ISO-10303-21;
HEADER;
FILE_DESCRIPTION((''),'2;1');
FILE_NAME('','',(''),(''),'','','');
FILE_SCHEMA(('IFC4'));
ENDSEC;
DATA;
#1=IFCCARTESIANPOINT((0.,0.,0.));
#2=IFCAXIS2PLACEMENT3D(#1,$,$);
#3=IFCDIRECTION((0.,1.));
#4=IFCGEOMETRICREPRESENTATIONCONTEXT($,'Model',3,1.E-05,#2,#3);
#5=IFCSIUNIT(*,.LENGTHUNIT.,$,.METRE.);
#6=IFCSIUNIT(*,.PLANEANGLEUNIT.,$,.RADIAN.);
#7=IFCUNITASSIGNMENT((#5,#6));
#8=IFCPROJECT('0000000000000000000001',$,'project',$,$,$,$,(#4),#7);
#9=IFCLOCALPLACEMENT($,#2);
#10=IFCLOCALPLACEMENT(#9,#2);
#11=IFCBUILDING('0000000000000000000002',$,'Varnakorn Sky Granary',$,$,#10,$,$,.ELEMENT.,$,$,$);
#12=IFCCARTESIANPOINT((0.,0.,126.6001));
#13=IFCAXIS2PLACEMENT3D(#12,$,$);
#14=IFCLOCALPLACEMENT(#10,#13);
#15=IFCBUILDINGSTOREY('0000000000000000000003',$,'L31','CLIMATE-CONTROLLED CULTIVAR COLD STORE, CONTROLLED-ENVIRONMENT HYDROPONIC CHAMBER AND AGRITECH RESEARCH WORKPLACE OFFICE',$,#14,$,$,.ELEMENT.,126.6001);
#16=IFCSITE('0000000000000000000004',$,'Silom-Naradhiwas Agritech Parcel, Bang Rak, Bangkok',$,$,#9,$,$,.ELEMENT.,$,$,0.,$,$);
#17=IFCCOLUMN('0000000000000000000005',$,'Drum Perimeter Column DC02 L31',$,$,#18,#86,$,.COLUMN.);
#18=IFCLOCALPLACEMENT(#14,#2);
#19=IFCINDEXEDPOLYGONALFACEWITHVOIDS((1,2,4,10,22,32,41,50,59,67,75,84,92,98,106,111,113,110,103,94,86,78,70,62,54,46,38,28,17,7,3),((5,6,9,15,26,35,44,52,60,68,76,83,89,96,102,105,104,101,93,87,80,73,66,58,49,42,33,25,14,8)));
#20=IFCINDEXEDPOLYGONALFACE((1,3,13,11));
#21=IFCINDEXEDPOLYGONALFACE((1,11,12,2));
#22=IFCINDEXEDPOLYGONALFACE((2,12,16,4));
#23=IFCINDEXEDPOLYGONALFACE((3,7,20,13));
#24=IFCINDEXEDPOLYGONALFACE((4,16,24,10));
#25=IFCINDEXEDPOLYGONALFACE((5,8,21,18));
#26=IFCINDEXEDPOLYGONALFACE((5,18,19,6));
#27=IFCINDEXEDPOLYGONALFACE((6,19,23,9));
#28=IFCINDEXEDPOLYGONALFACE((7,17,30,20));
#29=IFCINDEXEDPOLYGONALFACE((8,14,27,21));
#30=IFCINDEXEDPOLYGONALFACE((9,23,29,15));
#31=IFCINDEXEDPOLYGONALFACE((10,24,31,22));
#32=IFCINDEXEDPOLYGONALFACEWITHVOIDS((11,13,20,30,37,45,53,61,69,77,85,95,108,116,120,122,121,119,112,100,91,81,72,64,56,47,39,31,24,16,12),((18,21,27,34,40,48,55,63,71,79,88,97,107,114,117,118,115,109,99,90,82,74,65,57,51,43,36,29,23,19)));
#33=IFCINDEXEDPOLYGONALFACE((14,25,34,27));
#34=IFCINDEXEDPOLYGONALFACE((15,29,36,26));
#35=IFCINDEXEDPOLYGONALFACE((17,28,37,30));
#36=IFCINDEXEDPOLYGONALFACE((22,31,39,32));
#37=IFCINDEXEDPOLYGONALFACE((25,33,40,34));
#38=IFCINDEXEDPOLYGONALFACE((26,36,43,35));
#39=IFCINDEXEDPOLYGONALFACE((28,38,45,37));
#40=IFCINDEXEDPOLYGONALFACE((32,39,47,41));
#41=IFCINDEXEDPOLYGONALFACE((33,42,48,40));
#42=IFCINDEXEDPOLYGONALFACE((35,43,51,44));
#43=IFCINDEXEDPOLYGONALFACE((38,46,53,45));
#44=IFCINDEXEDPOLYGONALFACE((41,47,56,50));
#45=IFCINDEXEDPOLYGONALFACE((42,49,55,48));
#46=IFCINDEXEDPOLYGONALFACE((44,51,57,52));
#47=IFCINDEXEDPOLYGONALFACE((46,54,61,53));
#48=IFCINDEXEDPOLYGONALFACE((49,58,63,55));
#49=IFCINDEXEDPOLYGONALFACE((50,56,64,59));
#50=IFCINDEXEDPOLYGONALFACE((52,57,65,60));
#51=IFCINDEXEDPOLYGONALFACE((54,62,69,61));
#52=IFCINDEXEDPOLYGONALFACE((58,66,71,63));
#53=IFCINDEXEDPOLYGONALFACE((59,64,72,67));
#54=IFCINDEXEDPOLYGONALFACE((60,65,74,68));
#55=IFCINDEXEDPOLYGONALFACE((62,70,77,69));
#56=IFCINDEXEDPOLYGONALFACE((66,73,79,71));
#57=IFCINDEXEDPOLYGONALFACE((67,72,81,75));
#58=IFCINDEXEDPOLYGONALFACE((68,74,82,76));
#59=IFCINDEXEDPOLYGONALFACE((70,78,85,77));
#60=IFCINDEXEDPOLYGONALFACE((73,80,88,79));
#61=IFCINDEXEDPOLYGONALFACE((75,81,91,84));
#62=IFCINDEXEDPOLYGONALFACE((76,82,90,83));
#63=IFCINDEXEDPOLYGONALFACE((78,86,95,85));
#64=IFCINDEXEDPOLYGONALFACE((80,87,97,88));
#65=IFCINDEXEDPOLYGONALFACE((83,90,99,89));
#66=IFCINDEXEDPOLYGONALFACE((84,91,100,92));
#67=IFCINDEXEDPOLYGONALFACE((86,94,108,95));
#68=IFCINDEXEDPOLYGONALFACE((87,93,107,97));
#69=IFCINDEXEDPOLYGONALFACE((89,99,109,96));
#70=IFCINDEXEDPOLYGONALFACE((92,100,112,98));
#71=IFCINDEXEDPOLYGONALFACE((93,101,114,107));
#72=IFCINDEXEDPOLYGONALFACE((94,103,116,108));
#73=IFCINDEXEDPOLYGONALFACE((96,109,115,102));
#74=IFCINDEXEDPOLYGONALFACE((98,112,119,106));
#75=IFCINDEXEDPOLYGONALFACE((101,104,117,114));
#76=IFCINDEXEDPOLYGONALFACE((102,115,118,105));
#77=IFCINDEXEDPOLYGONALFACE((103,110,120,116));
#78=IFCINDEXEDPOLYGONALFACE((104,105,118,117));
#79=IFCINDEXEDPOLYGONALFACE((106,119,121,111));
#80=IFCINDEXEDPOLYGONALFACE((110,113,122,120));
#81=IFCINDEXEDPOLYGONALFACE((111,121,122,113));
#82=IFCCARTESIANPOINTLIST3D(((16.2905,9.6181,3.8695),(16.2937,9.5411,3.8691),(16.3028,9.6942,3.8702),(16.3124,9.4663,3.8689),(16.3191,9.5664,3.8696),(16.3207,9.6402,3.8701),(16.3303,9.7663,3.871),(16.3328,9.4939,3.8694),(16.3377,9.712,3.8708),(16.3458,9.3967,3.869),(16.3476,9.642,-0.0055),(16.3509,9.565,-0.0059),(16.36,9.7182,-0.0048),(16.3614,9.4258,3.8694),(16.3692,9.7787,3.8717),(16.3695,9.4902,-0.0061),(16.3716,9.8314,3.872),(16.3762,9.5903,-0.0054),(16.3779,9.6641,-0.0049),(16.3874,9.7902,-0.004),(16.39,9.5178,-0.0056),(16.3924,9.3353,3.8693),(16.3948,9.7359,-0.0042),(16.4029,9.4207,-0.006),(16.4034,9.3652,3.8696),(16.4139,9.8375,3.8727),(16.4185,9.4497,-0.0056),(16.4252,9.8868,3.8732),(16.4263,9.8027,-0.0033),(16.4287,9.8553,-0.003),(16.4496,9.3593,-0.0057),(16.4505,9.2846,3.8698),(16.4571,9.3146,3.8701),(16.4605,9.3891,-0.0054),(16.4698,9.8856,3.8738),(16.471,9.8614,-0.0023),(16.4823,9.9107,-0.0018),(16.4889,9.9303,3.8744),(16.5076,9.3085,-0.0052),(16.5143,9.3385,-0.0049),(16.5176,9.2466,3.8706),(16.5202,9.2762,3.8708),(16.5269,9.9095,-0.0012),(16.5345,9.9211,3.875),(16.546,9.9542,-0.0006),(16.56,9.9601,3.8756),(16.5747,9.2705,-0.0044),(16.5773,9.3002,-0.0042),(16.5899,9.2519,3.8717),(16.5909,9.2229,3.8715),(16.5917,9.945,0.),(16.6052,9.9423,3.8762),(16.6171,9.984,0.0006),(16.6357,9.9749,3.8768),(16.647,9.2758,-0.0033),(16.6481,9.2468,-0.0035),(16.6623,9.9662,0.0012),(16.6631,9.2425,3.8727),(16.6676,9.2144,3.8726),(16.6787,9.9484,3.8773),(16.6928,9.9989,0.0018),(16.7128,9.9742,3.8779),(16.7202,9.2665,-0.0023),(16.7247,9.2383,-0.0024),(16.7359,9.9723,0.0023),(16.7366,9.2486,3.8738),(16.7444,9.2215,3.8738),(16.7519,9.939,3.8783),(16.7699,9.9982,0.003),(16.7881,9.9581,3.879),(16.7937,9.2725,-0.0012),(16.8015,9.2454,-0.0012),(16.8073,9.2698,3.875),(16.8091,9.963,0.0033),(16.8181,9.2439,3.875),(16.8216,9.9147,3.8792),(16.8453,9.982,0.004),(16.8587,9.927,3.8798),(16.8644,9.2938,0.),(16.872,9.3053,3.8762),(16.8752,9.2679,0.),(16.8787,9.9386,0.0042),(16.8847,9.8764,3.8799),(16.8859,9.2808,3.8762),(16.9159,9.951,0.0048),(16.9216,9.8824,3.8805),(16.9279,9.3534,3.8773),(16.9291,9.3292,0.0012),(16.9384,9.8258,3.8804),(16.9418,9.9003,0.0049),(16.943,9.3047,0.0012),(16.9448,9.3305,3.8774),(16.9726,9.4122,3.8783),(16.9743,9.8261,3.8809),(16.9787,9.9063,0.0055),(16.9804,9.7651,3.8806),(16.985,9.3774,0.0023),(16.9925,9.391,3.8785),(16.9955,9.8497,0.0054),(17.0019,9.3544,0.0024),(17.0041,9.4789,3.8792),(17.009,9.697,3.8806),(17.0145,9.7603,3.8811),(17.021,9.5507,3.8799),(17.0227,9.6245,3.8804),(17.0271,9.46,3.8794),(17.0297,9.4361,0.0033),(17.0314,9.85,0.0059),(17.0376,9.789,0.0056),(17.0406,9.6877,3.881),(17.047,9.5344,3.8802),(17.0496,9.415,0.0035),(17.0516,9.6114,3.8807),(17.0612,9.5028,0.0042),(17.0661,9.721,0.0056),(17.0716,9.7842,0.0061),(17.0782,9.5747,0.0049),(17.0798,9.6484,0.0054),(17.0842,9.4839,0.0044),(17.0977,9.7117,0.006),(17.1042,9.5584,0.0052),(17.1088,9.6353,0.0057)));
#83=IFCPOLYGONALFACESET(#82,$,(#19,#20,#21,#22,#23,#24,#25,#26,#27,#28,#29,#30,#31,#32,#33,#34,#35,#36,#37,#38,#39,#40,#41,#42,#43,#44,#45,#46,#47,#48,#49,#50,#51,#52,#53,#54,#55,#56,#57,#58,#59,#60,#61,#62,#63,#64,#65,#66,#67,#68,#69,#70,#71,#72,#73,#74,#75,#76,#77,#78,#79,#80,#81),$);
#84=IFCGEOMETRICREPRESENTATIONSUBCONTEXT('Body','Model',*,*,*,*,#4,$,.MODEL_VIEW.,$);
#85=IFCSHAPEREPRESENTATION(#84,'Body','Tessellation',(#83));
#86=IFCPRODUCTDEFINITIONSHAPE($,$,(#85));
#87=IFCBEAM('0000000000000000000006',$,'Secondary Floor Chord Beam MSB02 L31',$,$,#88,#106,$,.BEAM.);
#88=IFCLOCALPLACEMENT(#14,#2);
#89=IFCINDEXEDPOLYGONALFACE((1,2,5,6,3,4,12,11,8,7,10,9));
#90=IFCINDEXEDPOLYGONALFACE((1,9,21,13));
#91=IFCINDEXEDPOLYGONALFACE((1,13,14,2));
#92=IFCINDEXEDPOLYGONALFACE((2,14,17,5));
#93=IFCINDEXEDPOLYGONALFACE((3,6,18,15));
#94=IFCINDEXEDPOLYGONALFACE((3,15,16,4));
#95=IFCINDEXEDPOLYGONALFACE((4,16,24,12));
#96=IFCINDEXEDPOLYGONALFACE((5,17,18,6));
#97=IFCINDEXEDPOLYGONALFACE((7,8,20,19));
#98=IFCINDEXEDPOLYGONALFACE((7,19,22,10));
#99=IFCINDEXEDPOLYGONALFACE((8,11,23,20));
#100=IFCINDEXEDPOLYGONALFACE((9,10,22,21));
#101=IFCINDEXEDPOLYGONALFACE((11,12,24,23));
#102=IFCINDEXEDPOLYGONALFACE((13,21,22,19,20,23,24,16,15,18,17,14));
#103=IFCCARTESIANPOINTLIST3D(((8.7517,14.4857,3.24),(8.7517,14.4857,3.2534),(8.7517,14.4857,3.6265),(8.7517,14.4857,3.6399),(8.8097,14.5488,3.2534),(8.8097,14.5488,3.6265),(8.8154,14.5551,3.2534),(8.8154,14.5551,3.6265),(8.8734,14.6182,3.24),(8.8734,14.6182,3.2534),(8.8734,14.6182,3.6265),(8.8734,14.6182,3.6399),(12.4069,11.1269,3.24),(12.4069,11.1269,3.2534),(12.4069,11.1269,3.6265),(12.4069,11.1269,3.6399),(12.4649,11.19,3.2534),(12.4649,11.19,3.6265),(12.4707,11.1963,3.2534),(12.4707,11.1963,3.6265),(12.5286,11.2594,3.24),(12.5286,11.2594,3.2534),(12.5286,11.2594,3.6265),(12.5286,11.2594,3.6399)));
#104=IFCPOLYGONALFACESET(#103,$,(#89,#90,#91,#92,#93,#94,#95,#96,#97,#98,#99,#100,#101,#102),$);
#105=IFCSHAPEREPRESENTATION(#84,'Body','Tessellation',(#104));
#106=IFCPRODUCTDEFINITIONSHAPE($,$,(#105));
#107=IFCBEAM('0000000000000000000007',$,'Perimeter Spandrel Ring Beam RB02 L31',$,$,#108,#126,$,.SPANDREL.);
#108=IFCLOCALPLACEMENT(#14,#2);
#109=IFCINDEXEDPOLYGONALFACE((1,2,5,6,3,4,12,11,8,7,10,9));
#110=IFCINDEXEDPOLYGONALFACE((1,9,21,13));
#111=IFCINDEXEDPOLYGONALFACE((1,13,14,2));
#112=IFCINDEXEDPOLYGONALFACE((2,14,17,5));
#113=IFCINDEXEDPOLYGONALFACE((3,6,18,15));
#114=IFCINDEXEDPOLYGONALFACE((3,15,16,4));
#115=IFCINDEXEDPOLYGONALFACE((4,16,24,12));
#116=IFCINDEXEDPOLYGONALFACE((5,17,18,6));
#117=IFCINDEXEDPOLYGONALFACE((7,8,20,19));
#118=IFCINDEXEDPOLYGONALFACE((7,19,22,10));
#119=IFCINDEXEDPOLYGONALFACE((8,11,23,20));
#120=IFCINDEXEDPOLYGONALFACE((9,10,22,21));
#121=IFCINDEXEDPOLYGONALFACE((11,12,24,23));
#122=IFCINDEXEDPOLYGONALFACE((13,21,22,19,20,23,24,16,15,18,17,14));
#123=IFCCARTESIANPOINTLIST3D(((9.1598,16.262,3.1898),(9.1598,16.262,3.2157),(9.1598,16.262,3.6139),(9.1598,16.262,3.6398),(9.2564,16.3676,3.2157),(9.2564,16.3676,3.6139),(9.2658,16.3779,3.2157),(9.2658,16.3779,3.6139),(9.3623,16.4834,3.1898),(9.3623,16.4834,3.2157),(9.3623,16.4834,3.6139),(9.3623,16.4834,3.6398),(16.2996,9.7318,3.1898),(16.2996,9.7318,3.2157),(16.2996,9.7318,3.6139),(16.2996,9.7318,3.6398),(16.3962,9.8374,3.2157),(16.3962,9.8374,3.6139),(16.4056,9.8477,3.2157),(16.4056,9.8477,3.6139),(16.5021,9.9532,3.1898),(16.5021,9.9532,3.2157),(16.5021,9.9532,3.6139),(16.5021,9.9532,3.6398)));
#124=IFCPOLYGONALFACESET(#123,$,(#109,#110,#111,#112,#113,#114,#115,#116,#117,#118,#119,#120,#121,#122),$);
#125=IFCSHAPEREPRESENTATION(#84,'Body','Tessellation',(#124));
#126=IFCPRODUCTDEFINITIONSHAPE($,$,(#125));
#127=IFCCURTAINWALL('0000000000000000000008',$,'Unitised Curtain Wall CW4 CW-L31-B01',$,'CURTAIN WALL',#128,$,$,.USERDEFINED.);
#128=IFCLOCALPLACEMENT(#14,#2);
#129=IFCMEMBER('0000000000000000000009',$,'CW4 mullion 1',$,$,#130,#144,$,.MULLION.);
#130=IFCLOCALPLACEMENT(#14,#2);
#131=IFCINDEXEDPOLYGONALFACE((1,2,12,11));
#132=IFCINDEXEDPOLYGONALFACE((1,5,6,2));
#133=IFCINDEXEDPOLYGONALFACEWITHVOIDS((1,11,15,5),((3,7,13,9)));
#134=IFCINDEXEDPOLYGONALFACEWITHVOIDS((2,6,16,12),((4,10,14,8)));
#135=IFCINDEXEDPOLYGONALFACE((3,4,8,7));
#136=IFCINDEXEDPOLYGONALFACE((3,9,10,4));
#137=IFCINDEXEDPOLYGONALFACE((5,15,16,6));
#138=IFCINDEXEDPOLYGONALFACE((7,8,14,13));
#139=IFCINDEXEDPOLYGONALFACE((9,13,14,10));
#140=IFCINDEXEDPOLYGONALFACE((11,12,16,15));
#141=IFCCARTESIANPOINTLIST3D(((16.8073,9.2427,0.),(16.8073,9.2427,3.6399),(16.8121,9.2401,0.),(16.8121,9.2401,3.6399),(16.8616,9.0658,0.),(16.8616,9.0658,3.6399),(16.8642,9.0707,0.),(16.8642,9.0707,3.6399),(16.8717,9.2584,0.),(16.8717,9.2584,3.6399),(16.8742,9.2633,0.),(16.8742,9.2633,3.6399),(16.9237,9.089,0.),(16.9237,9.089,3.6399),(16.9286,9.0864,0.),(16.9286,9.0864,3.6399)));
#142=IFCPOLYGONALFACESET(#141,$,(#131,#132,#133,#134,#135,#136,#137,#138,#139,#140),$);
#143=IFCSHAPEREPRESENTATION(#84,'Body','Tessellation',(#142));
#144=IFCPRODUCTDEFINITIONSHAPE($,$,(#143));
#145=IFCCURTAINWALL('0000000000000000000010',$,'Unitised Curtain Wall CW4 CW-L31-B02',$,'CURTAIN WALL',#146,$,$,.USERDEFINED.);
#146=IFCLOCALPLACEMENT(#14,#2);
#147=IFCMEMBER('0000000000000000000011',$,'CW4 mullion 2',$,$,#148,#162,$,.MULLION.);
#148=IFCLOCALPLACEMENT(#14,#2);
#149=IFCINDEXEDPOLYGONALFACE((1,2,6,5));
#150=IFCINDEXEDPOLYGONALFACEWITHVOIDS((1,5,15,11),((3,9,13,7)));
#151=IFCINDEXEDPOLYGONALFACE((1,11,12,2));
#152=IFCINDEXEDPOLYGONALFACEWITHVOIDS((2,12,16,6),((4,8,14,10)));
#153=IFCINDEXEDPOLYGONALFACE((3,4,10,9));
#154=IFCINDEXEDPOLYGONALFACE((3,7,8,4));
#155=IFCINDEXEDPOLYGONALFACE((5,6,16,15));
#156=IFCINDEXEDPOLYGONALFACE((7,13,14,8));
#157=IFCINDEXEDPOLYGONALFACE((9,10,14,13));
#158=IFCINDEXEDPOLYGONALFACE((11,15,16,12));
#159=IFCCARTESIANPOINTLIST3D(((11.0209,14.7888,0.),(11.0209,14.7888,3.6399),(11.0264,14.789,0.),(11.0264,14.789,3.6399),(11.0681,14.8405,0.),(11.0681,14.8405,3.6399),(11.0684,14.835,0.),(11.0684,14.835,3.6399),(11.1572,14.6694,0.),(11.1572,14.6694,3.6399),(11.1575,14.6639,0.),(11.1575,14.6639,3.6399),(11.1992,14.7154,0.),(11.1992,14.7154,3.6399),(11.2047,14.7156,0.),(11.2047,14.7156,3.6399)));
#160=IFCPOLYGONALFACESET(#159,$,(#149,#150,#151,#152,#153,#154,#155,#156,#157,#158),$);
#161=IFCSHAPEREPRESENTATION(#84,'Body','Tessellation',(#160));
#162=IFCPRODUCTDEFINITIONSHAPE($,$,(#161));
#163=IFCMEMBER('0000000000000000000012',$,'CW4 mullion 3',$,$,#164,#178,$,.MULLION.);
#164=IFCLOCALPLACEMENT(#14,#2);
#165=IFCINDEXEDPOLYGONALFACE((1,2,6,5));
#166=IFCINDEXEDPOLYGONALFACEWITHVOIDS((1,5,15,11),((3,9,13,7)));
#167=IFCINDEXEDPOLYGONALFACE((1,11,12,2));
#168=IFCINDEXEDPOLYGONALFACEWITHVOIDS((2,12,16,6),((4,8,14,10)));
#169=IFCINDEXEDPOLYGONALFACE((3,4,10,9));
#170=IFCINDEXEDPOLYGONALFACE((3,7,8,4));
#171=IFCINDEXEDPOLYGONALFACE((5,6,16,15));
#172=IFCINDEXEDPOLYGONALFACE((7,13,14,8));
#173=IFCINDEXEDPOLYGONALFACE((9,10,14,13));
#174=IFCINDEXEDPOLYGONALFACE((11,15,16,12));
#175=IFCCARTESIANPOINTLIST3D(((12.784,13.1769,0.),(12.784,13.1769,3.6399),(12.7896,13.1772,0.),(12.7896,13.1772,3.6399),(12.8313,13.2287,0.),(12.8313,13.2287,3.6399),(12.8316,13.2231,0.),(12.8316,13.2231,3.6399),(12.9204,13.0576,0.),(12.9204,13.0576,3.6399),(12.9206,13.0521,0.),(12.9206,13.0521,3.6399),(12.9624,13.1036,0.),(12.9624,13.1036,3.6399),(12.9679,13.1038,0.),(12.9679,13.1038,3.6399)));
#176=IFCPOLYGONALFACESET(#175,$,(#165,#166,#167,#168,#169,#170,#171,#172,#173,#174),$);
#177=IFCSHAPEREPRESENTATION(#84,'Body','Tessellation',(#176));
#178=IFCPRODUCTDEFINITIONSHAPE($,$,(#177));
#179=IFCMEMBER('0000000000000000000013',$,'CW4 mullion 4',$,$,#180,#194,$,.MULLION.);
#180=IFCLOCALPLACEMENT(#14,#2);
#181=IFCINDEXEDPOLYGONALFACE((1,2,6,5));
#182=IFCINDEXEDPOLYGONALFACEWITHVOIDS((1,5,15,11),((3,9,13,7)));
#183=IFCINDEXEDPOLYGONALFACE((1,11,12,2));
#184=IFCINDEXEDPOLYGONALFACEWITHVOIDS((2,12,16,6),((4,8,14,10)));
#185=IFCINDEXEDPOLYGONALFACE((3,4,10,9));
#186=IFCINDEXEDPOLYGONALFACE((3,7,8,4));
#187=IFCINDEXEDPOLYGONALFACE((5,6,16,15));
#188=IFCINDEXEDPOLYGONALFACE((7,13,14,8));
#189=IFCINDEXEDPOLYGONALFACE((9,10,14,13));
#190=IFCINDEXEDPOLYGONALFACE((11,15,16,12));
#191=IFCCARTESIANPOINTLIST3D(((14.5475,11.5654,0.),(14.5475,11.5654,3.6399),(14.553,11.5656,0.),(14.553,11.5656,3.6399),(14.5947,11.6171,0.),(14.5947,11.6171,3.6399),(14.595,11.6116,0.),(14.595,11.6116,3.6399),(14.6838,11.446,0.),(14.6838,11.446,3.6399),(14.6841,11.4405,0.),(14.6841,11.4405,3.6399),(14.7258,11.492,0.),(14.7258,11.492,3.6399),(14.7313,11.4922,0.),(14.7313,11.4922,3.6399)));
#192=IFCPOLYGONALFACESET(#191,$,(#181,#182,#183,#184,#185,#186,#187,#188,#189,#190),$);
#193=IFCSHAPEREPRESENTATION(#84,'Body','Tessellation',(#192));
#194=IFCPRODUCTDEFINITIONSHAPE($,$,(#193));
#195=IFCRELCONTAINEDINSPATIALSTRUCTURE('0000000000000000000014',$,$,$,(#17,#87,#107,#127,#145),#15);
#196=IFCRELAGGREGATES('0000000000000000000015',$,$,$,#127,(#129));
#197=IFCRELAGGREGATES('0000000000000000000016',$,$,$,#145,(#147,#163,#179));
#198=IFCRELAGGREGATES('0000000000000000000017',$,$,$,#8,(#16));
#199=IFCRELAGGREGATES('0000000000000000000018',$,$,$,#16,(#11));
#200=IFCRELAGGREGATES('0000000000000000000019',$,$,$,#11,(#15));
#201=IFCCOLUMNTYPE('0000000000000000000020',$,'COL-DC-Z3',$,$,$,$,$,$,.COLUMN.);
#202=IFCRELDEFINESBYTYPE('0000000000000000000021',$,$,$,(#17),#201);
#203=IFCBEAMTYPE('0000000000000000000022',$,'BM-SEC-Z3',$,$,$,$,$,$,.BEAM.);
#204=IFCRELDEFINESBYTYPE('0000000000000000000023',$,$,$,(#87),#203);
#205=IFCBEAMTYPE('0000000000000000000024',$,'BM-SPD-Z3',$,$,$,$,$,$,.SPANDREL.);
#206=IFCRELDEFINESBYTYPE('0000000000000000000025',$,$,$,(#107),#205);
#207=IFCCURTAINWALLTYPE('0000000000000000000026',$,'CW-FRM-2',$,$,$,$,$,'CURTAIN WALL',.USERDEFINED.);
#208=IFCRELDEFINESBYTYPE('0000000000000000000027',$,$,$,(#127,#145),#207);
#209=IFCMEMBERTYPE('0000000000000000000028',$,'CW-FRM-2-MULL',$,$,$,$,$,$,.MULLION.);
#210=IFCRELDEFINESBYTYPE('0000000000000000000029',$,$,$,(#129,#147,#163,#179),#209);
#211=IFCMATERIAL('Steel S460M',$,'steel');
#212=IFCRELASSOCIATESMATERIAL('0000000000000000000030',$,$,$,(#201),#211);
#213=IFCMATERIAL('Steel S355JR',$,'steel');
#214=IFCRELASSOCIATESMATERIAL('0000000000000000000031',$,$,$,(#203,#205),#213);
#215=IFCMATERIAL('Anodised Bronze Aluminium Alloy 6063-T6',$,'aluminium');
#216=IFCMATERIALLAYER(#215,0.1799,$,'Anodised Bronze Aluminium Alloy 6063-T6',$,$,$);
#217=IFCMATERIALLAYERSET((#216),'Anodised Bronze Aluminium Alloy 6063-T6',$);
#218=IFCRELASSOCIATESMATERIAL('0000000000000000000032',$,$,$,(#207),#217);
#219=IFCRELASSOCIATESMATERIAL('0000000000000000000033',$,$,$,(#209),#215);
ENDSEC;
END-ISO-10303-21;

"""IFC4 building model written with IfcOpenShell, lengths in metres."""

from ifc_helpers import new_model, si_unit, direction, frame, origin, origin_2d, place, context, subcontext, project, spatial, hollow_rectangle, hollow_circle, i_section, extrude, material, layer, layer_set, material_profile, profile_set, type_object, element, aggregate, save


model = new_model("IFC4")

# Units and contexts
model_context = context("Model", 3, precision=1e-05, world=origin(), true_north=direction((0.0, 1.0)))
body_context = subcontext(model_context, "Body", "Model", "MODEL_VIEW")
ifc_project = project(units=[si_unit("LENGTHUNIT", "METRE"), si_unit("PLANEANGLEUNIT", "RADIAN")], contexts=[model_context])

# Site, building, storey
site_placement = place(None, origin())
site = spatial("IfcSite", under=ifc_project, at=site_placement, Name="Silom-Naradhiwas Agritech Parcel, Bang Rak, Bangkok", CompositionType="ELEMENT", RefElevation=0.0)
building_placement = place(site_placement, origin())
building = spatial("IfcBuilding", under=site, at=building_placement, Name="Varnakorn Sky Granary", CompositionType="ELEMENT")
storey_placement = place(building_placement, frame((0.0, 0.0, 126.6001)))
storey = spatial("IfcBuildingStorey", under=building, at=storey_placement, Name="L31", Description="CLIMATE-CONTROLLED CULTIVAR COLD STORE, CONTROLLED-ENVIRONMENT HYDROPONIC CHAMBER AND AGRITECH RESEARCH WORKPLACE OFFICE", CompositionType="ELEMENT", Elevation=126.6001)

# Column
ifc_material_1 = material(Name="Steel S460M", Category="steel")
ifc_material_profile_1 = material_profile(ifc_material_1, hollow_circle(Radius=0.3811, WallThickness=0.0281, at=origin_2d()), Name="CHS 762x28")
ifc_profile_set_1 = profile_set([ifc_material_profile_1], Name="Steel S460M")
column_type = type_object("IfcColumnType", Name="COL-DC-Z3", PredefinedType="COLUMN", material=ifc_profile_set_1)
column_placement = place(storey_placement, frame((16.728, 9.6194, 0.0), z_axis=(-0.014741, -0.006174, 0.999872), x_axis=(0.386294, -0.922376, 0.0)))
element("IfcColumn", 1, at=column_placement, inside=storey, type_object=column_type, Name="Drum Perimeter Column DC02 L31", PredefinedType="COLUMN", context=body_context, shape_type="SweptSolid", body=[
    extrude(hollow_circle(Radius=0.3811, WallThickness=0.0281, at=origin_2d()), origin(), (0.0, 0.0, 1.0), 3.8755),
])

# Beams
ifc_material_2 = material(Name="Steel S355JR", Category="steel")
ifc_material_profile_2 = material_profile(ifc_material_2, i_section(OverallWidth=0.1799, OverallDepth=0.3999, WebThickness=0.0085, FlangeThickness=0.0134, at=origin_2d()), Name="IPE 400")
ifc_profile_set_2 = profile_set([ifc_material_profile_2], Name="Steel S355JR")
beam_type_1 = type_object("IfcBeamType", Name="BM-SEC-Z3", PredefinedType="BEAM", material=ifc_profile_set_2)
beam_1_placement = place(storey_placement, frame((12.4678, 11.1931, 3.4399), z_axis=(-0.736329, 0.676624, 0.0), x_axis=(-0.676624, -0.736329, 0.0)))
element("IfcBeam", 2, at=beam_1_placement, inside=storey, type_object=beam_type_1, Name="Secondary Floor Chord Beam MSB02 L31", PredefinedType="BEAM", context=body_context, shape_type="SweptSolid", body=[
    extrude(i_section(OverallWidth=0.1799, OverallDepth=0.3999, WebThickness=0.0085, FlangeThickness=0.0134, at=origin_2d()), origin(), (0.0, 0.0, 1.0), 4.9641),
])
ifc_material_profile_3 = material_profile(ifc_material_2, i_section(OverallWidth=0.3, OverallDepth=0.45, WebThickness=0.0139, FlangeThickness=0.0259, at=origin_2d()), Name="HE 450 B")
ifc_profile_set_3 = profile_set([ifc_material_profile_3], Name="Steel S355JR")
beam_type_2 = type_object("IfcBeamType", Name="BM-SPD-Z3", PredefinedType="SPANDREL", material=ifc_profile_set_3)
beam_2_placement = place(storey_placement, frame((16.4009, 9.8425, 3.4148), z_axis=(-0.737907, 0.674903, 0.0), x_axis=(-0.674903, -0.737907, 0.0)))
element("IfcBeam", 3, at=beam_2_placement, inside=storey, type_object=beam_type_2, Name="Perimeter Spandrel Ring Beam RB02 L31", PredefinedType="SPANDREL", context=body_context, shape_type="SweptSolid", body=[
    extrude(i_section(OverallWidth=0.3, OverallDepth=0.45, WebThickness=0.0139, FlangeThickness=0.0259, at=origin_2d()), origin(), (0.0, 0.0, 1.0), 9.6758),
])

# Curtain wall, member
ifc_material_3 = material(Name="Anodised Bronze Aluminium Alloy 6063-T6", Category="aluminium")
ifc_layer_1 = layer(ifc_material_3, 0.1799, Name="Anodised Bronze Aluminium Alloy 6063-T6")
ifc_layer_set_1 = layer_set([ifc_layer_1], Name="Anodised Bronze Aluminium Alloy 6063-T6")
curtain_wall_type = type_object("IfcCurtainWallType", Name="CW-FRM-2", ElementType="CURTAIN WALL", PredefinedType="USERDEFINED", material=ifc_layer_set_1)
curtain_wall_1_placement = place(storey_placement, origin())
curtain_wall_1 = element("IfcCurtainWall", 4, at=curtain_wall_1_placement, inside=storey, type_object=curtain_wall_type, Name="Unitised Curtain Wall CW4 CW-L31-B01", ObjectType="CURTAIN WALL", PredefinedType="USERDEFINED")
ifc_material_profile_4 = material_profile(ifc_material_3, hollow_rectangle(XDim=0.0701, YDim=0.1851, WallThickness=0.0039, at=origin_2d()), Name="ALU MULL 70x185")
ifc_profile_set_4 = profile_set([ifc_material_profile_4], Name="Anodised Bronze Aluminium Alloy 6063-T6")
member_type_1 = type_object("IfcMemberType", Name="CW-FRM-2-MULL", PredefinedType="MULLION", material=ifc_profile_set_4)
member_1_placement = place(storey_placement, frame((16.8679, 9.1646, 0.0), z_axis=(0.0, 0.0, 1.0), x_axis=(0.955917, 0.293638, 0.0)))
member_1 = element("IfcMember", 5, at=member_1_placement, type_object=member_type_1, Name="CW4 mullion 1", PredefinedType="MULLION", context=body_context, shape_type="SweptSolid", body=[
    extrude(hollow_rectangle(XDim=0.0701, YDim=0.1851, WallThickness=0.0039, at=origin_2d()), origin(), (0.0, 0.0, 1.0), 3.6399),
])
aggregate(curtain_wall_1, [member_1])

# Curtain wall, members
curtain_wall_2_placement = place(storey_placement, origin())
curtain_wall_2 = element("IfcCurtainWall", 6, at=curtain_wall_2_placement, inside=storey, type_object=curtain_wall_type, Name="Unitised Curtain Wall CW4 CW-L31-B02", ObjectType="CURTAIN WALL", PredefinedType="USERDEFINED")
member_2_placement = place(storey_placement, frame((11.1128, 14.7522, 0.0), z_axis=(0.0, 0.0, 1.0), x_axis=(0.674681, 0.73811, 0.0)))
member_2 = element("IfcMember", 7, at=member_2_placement, type_object=member_type_1, Name="CW4 mullion 2", PredefinedType="MULLION", context=body_context, shape_type="SweptSolid", body=[
    extrude(hollow_rectangle(XDim=0.0701, YDim=0.1851, WallThickness=0.0039, at=origin_2d()), origin(), (0.0, 0.0, 1.0), 3.6399),
])
member_3_placement = place(storey_placement, frame((12.876, 13.1404, 0.0), z_axis=(0.0, 0.0, 1.0), x_axis=(0.674681, 0.73811, 0.0)))
member_3 = element("IfcMember", 8, at=member_3_placement, type_object=member_type_1, Name="CW4 mullion 3", PredefinedType="MULLION", context=body_context, shape_type="SweptSolid", body=[
    extrude(hollow_rectangle(XDim=0.0701, YDim=0.1851, WallThickness=0.0039, at=origin_2d()), origin(), (0.0, 0.0, 1.0), 3.6399),
])
member_4_placement = place(storey_placement, frame((14.6394, 11.5288, 0.0), z_axis=(0.0, 0.0, 1.0), x_axis=(0.674681, 0.73811, 0.0)))
member_4 = element("IfcMember", 9, at=member_4_placement, type_object=member_type_1, Name="CW4 mullion 4", PredefinedType="MULLION", context=body_context, shape_type="SweptSolid", body=[
    extrude(hollow_rectangle(XDim=0.0701, YDim=0.1851, WallThickness=0.0039, at=origin_2d()), origin(), (0.0, 0.0, 1.0), 3.6399),
])

aggregate(curtain_wall_2, [member_2, member_3, member_4])

save(model, "model.ifc")
